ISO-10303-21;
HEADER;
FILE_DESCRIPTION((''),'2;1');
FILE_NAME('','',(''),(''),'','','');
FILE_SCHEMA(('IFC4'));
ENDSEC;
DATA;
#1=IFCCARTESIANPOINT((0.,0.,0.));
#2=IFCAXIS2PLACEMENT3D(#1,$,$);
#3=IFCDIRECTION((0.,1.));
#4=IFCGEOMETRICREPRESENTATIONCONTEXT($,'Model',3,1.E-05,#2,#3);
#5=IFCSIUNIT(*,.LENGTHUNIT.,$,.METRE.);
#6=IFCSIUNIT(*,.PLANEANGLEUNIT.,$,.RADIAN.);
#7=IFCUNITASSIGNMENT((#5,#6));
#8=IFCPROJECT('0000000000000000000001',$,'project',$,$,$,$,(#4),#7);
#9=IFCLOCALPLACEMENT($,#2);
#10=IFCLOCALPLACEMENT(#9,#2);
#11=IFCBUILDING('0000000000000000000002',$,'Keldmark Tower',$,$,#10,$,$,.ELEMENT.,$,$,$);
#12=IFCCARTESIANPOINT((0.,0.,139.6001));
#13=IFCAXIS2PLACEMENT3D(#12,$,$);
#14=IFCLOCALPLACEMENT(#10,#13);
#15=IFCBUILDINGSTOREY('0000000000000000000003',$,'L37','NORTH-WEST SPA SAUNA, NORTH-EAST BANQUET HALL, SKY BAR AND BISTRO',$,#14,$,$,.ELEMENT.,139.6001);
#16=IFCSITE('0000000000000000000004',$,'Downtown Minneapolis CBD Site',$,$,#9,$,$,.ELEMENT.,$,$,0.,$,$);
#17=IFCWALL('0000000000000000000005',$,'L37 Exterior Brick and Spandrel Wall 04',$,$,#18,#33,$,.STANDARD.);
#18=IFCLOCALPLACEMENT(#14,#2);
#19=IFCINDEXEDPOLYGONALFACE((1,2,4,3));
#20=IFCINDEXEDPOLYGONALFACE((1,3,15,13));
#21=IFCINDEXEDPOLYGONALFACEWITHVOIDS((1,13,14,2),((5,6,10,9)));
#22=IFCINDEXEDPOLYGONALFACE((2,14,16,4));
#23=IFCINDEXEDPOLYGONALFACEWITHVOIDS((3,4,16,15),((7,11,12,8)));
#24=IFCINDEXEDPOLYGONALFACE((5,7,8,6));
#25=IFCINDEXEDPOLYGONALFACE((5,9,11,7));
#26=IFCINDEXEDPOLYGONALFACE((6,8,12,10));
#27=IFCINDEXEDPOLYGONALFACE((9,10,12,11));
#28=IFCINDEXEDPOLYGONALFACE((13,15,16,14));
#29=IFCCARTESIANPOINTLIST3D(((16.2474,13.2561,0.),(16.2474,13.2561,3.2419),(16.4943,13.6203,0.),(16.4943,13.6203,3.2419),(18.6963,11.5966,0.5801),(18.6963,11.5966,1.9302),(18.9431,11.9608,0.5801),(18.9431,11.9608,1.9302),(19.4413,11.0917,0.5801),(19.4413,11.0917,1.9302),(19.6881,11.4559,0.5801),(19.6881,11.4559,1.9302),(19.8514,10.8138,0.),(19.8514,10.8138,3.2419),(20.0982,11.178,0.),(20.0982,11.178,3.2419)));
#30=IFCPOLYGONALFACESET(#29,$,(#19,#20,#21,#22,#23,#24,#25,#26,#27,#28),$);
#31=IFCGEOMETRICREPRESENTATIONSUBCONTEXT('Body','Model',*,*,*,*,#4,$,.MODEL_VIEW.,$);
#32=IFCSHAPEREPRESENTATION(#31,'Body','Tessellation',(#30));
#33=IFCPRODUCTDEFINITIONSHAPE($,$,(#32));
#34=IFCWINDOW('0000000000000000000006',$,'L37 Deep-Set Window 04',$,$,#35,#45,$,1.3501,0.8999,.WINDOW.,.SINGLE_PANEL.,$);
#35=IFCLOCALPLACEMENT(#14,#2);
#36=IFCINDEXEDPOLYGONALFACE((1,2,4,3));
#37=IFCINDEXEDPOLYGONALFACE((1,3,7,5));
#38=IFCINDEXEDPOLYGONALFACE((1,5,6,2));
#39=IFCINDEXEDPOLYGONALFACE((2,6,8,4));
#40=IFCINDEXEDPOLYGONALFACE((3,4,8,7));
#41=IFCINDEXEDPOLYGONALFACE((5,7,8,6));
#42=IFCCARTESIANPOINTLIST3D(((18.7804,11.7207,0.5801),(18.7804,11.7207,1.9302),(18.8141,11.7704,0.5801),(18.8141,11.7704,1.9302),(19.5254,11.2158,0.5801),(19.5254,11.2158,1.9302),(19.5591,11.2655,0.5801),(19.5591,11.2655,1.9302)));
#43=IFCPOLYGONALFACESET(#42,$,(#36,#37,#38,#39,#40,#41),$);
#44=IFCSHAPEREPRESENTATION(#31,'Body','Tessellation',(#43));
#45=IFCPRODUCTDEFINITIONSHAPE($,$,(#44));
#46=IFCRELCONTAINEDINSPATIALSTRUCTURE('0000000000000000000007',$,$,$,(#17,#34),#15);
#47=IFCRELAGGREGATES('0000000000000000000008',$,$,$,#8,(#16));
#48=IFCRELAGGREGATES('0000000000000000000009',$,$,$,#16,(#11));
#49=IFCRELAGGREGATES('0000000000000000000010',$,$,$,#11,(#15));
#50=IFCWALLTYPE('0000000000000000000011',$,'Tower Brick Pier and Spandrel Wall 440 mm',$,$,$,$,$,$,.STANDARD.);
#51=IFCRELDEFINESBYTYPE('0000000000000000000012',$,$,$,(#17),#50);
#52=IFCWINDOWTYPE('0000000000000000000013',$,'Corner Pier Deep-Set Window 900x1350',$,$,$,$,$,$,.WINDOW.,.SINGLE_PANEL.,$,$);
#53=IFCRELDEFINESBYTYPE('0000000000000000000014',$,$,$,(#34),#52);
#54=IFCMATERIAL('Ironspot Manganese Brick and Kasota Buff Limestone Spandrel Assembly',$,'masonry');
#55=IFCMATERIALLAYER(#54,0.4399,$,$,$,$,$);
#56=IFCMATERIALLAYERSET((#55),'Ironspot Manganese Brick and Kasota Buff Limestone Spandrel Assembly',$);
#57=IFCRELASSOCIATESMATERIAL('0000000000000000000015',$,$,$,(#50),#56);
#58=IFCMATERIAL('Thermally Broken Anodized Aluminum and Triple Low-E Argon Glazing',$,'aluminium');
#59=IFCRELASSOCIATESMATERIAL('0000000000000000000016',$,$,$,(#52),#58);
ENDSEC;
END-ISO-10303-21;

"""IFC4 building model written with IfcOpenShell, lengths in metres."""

from ifc_helpers import new_model, si_unit, direction, frame, frame_2d, origin, place, context, subcontext, project, spatial, rectangle, extrude, material, layer, layer_set, type_object, element, fill, save


model = new_model("IFC4")

# Units and contexts
model_context = context("Model", 3, precision=1e-05, world=origin(), true_north=direction((0.0, 1.0)))
body_context = subcontext(model_context, "Body", "Model", "MODEL_VIEW")
ifc_project = project(units=[si_unit("LENGTHUNIT", "METRE"), si_unit("PLANEANGLEUNIT", "RADIAN")], contexts=[model_context])

# Site, building, storey
site_placement = place(None, origin())
site = spatial("IfcSite", under=ifc_project, at=site_placement, Name="Downtown Minneapolis CBD Site", CompositionType="ELEMENT", RefElevation=0.0)
building_placement = place(site_placement, origin())
building = spatial("IfcBuilding", under=site, at=building_placement, Name="Keldmark Tower", CompositionType="ELEMENT")
storey_placement = place(building_placement, frame((0.0, 0.0, 139.6001)))
storey = spatial("IfcBuildingStorey", under=building, at=storey_placement, Name="L37", Description="NORTH-WEST SPA SAUNA, NORTH-EAST BANQUET HALL, SKY BAR AND BISTRO", CompositionType="ELEMENT", Elevation=139.6001)

# Wall, opening, window
ifc_material_1 = material(Name="Ironspot Manganese Brick and Kasota Buff Limestone Spandrel Assembly", Category="masonry")
ifc_layer_1 = layer(ifc_material_1, 0.4399)
ifc_layer_set_1 = layer_set([ifc_layer_1], Name="Ironspot Manganese Brick and Kasota Buff Limestone Spandrel Assembly")
wall_type = type_object("IfcWallType", Name="Tower Brick Pier and Spandrel Wall 440 mm", PredefinedType="STANDARD", material=ifc_layer_set_1)
ifc_material_2 = material(Name="Thermally Broken Anodized Aluminum and Triple Low-E Argon Glazing", Category="aluminium")
window_type = type_object("IfcWindowType", Name="Corner Pier Deep-Set Window 900x1350", PartitioningType="SINGLE_PANEL", PredefinedType="WINDOW", material=ifc_material_2)
wall_1_placement = place(storey_placement, frame((16.3708, 13.4382, 0.0), z_axis=(0.0, 0.0, 1.0), x_axis=(0.827816, -0.560999, 0.0)))
wall_1 = element("IfcWall", 1, at=wall_1_placement, inside=storey, type_object=wall_type, Name="L37 Exterior Brick and Spandrel Wall 04", PredefinedType="STANDARD", context=body_context, shape_type="SweptSolid", body=[
    extrude(rectangle(XDim=4.3535, YDim=0.4399, at=frame_2d((2.1768, 0.0))), origin(), (0.0, 0.0, 1.0), 3.2419),
])
opening_1_placement = place(wall_1_placement, frame((2.9583, 0.0, 0.5801)))
opening_1 = element("IfcOpeningElement", 2, at=opening_1_placement, cuts=wall_1, PredefinedType="OPENING", context=body_context, shape_type="SweptSolid", body=[
    extrude(rectangle(XDim=0.8999, YDim=1.3501, at=frame_2d((0.45, 0.675))), frame((0.0, 0.23, 0.0), z_axis=(0.0, -1.0, 0.0), x_axis=(1.0, 0.0, 0.0)), (0.0, 0.0, 1.0), 0.46),
])
window_1_placement = place(opening_1_placement, origin())
window_1 = element("IfcWindow", 3, at=window_1_placement, inside=storey, type_object=window_type, Name="L37 Deep-Set Window 04", OverallHeight=1.3501, OverallWidth=0.8999, PartitioningType="SINGLE_PANEL", PredefinedType="WINDOW", context=body_context, shape_type="SweptSolid", body=[
    extrude(rectangle(XDim=0.8999, YDim=1.3501, at=frame_2d((0.45, 0.675))), frame((0.0, -0.01, 0.0), z_axis=(0.0, -1.0, 0.0), x_axis=(1.0, 0.0, 0.0)), (0.0, 0.0, 1.0), 0.0601),
])
fill(opening_1, window_1)

save(model, "model.ifc")
